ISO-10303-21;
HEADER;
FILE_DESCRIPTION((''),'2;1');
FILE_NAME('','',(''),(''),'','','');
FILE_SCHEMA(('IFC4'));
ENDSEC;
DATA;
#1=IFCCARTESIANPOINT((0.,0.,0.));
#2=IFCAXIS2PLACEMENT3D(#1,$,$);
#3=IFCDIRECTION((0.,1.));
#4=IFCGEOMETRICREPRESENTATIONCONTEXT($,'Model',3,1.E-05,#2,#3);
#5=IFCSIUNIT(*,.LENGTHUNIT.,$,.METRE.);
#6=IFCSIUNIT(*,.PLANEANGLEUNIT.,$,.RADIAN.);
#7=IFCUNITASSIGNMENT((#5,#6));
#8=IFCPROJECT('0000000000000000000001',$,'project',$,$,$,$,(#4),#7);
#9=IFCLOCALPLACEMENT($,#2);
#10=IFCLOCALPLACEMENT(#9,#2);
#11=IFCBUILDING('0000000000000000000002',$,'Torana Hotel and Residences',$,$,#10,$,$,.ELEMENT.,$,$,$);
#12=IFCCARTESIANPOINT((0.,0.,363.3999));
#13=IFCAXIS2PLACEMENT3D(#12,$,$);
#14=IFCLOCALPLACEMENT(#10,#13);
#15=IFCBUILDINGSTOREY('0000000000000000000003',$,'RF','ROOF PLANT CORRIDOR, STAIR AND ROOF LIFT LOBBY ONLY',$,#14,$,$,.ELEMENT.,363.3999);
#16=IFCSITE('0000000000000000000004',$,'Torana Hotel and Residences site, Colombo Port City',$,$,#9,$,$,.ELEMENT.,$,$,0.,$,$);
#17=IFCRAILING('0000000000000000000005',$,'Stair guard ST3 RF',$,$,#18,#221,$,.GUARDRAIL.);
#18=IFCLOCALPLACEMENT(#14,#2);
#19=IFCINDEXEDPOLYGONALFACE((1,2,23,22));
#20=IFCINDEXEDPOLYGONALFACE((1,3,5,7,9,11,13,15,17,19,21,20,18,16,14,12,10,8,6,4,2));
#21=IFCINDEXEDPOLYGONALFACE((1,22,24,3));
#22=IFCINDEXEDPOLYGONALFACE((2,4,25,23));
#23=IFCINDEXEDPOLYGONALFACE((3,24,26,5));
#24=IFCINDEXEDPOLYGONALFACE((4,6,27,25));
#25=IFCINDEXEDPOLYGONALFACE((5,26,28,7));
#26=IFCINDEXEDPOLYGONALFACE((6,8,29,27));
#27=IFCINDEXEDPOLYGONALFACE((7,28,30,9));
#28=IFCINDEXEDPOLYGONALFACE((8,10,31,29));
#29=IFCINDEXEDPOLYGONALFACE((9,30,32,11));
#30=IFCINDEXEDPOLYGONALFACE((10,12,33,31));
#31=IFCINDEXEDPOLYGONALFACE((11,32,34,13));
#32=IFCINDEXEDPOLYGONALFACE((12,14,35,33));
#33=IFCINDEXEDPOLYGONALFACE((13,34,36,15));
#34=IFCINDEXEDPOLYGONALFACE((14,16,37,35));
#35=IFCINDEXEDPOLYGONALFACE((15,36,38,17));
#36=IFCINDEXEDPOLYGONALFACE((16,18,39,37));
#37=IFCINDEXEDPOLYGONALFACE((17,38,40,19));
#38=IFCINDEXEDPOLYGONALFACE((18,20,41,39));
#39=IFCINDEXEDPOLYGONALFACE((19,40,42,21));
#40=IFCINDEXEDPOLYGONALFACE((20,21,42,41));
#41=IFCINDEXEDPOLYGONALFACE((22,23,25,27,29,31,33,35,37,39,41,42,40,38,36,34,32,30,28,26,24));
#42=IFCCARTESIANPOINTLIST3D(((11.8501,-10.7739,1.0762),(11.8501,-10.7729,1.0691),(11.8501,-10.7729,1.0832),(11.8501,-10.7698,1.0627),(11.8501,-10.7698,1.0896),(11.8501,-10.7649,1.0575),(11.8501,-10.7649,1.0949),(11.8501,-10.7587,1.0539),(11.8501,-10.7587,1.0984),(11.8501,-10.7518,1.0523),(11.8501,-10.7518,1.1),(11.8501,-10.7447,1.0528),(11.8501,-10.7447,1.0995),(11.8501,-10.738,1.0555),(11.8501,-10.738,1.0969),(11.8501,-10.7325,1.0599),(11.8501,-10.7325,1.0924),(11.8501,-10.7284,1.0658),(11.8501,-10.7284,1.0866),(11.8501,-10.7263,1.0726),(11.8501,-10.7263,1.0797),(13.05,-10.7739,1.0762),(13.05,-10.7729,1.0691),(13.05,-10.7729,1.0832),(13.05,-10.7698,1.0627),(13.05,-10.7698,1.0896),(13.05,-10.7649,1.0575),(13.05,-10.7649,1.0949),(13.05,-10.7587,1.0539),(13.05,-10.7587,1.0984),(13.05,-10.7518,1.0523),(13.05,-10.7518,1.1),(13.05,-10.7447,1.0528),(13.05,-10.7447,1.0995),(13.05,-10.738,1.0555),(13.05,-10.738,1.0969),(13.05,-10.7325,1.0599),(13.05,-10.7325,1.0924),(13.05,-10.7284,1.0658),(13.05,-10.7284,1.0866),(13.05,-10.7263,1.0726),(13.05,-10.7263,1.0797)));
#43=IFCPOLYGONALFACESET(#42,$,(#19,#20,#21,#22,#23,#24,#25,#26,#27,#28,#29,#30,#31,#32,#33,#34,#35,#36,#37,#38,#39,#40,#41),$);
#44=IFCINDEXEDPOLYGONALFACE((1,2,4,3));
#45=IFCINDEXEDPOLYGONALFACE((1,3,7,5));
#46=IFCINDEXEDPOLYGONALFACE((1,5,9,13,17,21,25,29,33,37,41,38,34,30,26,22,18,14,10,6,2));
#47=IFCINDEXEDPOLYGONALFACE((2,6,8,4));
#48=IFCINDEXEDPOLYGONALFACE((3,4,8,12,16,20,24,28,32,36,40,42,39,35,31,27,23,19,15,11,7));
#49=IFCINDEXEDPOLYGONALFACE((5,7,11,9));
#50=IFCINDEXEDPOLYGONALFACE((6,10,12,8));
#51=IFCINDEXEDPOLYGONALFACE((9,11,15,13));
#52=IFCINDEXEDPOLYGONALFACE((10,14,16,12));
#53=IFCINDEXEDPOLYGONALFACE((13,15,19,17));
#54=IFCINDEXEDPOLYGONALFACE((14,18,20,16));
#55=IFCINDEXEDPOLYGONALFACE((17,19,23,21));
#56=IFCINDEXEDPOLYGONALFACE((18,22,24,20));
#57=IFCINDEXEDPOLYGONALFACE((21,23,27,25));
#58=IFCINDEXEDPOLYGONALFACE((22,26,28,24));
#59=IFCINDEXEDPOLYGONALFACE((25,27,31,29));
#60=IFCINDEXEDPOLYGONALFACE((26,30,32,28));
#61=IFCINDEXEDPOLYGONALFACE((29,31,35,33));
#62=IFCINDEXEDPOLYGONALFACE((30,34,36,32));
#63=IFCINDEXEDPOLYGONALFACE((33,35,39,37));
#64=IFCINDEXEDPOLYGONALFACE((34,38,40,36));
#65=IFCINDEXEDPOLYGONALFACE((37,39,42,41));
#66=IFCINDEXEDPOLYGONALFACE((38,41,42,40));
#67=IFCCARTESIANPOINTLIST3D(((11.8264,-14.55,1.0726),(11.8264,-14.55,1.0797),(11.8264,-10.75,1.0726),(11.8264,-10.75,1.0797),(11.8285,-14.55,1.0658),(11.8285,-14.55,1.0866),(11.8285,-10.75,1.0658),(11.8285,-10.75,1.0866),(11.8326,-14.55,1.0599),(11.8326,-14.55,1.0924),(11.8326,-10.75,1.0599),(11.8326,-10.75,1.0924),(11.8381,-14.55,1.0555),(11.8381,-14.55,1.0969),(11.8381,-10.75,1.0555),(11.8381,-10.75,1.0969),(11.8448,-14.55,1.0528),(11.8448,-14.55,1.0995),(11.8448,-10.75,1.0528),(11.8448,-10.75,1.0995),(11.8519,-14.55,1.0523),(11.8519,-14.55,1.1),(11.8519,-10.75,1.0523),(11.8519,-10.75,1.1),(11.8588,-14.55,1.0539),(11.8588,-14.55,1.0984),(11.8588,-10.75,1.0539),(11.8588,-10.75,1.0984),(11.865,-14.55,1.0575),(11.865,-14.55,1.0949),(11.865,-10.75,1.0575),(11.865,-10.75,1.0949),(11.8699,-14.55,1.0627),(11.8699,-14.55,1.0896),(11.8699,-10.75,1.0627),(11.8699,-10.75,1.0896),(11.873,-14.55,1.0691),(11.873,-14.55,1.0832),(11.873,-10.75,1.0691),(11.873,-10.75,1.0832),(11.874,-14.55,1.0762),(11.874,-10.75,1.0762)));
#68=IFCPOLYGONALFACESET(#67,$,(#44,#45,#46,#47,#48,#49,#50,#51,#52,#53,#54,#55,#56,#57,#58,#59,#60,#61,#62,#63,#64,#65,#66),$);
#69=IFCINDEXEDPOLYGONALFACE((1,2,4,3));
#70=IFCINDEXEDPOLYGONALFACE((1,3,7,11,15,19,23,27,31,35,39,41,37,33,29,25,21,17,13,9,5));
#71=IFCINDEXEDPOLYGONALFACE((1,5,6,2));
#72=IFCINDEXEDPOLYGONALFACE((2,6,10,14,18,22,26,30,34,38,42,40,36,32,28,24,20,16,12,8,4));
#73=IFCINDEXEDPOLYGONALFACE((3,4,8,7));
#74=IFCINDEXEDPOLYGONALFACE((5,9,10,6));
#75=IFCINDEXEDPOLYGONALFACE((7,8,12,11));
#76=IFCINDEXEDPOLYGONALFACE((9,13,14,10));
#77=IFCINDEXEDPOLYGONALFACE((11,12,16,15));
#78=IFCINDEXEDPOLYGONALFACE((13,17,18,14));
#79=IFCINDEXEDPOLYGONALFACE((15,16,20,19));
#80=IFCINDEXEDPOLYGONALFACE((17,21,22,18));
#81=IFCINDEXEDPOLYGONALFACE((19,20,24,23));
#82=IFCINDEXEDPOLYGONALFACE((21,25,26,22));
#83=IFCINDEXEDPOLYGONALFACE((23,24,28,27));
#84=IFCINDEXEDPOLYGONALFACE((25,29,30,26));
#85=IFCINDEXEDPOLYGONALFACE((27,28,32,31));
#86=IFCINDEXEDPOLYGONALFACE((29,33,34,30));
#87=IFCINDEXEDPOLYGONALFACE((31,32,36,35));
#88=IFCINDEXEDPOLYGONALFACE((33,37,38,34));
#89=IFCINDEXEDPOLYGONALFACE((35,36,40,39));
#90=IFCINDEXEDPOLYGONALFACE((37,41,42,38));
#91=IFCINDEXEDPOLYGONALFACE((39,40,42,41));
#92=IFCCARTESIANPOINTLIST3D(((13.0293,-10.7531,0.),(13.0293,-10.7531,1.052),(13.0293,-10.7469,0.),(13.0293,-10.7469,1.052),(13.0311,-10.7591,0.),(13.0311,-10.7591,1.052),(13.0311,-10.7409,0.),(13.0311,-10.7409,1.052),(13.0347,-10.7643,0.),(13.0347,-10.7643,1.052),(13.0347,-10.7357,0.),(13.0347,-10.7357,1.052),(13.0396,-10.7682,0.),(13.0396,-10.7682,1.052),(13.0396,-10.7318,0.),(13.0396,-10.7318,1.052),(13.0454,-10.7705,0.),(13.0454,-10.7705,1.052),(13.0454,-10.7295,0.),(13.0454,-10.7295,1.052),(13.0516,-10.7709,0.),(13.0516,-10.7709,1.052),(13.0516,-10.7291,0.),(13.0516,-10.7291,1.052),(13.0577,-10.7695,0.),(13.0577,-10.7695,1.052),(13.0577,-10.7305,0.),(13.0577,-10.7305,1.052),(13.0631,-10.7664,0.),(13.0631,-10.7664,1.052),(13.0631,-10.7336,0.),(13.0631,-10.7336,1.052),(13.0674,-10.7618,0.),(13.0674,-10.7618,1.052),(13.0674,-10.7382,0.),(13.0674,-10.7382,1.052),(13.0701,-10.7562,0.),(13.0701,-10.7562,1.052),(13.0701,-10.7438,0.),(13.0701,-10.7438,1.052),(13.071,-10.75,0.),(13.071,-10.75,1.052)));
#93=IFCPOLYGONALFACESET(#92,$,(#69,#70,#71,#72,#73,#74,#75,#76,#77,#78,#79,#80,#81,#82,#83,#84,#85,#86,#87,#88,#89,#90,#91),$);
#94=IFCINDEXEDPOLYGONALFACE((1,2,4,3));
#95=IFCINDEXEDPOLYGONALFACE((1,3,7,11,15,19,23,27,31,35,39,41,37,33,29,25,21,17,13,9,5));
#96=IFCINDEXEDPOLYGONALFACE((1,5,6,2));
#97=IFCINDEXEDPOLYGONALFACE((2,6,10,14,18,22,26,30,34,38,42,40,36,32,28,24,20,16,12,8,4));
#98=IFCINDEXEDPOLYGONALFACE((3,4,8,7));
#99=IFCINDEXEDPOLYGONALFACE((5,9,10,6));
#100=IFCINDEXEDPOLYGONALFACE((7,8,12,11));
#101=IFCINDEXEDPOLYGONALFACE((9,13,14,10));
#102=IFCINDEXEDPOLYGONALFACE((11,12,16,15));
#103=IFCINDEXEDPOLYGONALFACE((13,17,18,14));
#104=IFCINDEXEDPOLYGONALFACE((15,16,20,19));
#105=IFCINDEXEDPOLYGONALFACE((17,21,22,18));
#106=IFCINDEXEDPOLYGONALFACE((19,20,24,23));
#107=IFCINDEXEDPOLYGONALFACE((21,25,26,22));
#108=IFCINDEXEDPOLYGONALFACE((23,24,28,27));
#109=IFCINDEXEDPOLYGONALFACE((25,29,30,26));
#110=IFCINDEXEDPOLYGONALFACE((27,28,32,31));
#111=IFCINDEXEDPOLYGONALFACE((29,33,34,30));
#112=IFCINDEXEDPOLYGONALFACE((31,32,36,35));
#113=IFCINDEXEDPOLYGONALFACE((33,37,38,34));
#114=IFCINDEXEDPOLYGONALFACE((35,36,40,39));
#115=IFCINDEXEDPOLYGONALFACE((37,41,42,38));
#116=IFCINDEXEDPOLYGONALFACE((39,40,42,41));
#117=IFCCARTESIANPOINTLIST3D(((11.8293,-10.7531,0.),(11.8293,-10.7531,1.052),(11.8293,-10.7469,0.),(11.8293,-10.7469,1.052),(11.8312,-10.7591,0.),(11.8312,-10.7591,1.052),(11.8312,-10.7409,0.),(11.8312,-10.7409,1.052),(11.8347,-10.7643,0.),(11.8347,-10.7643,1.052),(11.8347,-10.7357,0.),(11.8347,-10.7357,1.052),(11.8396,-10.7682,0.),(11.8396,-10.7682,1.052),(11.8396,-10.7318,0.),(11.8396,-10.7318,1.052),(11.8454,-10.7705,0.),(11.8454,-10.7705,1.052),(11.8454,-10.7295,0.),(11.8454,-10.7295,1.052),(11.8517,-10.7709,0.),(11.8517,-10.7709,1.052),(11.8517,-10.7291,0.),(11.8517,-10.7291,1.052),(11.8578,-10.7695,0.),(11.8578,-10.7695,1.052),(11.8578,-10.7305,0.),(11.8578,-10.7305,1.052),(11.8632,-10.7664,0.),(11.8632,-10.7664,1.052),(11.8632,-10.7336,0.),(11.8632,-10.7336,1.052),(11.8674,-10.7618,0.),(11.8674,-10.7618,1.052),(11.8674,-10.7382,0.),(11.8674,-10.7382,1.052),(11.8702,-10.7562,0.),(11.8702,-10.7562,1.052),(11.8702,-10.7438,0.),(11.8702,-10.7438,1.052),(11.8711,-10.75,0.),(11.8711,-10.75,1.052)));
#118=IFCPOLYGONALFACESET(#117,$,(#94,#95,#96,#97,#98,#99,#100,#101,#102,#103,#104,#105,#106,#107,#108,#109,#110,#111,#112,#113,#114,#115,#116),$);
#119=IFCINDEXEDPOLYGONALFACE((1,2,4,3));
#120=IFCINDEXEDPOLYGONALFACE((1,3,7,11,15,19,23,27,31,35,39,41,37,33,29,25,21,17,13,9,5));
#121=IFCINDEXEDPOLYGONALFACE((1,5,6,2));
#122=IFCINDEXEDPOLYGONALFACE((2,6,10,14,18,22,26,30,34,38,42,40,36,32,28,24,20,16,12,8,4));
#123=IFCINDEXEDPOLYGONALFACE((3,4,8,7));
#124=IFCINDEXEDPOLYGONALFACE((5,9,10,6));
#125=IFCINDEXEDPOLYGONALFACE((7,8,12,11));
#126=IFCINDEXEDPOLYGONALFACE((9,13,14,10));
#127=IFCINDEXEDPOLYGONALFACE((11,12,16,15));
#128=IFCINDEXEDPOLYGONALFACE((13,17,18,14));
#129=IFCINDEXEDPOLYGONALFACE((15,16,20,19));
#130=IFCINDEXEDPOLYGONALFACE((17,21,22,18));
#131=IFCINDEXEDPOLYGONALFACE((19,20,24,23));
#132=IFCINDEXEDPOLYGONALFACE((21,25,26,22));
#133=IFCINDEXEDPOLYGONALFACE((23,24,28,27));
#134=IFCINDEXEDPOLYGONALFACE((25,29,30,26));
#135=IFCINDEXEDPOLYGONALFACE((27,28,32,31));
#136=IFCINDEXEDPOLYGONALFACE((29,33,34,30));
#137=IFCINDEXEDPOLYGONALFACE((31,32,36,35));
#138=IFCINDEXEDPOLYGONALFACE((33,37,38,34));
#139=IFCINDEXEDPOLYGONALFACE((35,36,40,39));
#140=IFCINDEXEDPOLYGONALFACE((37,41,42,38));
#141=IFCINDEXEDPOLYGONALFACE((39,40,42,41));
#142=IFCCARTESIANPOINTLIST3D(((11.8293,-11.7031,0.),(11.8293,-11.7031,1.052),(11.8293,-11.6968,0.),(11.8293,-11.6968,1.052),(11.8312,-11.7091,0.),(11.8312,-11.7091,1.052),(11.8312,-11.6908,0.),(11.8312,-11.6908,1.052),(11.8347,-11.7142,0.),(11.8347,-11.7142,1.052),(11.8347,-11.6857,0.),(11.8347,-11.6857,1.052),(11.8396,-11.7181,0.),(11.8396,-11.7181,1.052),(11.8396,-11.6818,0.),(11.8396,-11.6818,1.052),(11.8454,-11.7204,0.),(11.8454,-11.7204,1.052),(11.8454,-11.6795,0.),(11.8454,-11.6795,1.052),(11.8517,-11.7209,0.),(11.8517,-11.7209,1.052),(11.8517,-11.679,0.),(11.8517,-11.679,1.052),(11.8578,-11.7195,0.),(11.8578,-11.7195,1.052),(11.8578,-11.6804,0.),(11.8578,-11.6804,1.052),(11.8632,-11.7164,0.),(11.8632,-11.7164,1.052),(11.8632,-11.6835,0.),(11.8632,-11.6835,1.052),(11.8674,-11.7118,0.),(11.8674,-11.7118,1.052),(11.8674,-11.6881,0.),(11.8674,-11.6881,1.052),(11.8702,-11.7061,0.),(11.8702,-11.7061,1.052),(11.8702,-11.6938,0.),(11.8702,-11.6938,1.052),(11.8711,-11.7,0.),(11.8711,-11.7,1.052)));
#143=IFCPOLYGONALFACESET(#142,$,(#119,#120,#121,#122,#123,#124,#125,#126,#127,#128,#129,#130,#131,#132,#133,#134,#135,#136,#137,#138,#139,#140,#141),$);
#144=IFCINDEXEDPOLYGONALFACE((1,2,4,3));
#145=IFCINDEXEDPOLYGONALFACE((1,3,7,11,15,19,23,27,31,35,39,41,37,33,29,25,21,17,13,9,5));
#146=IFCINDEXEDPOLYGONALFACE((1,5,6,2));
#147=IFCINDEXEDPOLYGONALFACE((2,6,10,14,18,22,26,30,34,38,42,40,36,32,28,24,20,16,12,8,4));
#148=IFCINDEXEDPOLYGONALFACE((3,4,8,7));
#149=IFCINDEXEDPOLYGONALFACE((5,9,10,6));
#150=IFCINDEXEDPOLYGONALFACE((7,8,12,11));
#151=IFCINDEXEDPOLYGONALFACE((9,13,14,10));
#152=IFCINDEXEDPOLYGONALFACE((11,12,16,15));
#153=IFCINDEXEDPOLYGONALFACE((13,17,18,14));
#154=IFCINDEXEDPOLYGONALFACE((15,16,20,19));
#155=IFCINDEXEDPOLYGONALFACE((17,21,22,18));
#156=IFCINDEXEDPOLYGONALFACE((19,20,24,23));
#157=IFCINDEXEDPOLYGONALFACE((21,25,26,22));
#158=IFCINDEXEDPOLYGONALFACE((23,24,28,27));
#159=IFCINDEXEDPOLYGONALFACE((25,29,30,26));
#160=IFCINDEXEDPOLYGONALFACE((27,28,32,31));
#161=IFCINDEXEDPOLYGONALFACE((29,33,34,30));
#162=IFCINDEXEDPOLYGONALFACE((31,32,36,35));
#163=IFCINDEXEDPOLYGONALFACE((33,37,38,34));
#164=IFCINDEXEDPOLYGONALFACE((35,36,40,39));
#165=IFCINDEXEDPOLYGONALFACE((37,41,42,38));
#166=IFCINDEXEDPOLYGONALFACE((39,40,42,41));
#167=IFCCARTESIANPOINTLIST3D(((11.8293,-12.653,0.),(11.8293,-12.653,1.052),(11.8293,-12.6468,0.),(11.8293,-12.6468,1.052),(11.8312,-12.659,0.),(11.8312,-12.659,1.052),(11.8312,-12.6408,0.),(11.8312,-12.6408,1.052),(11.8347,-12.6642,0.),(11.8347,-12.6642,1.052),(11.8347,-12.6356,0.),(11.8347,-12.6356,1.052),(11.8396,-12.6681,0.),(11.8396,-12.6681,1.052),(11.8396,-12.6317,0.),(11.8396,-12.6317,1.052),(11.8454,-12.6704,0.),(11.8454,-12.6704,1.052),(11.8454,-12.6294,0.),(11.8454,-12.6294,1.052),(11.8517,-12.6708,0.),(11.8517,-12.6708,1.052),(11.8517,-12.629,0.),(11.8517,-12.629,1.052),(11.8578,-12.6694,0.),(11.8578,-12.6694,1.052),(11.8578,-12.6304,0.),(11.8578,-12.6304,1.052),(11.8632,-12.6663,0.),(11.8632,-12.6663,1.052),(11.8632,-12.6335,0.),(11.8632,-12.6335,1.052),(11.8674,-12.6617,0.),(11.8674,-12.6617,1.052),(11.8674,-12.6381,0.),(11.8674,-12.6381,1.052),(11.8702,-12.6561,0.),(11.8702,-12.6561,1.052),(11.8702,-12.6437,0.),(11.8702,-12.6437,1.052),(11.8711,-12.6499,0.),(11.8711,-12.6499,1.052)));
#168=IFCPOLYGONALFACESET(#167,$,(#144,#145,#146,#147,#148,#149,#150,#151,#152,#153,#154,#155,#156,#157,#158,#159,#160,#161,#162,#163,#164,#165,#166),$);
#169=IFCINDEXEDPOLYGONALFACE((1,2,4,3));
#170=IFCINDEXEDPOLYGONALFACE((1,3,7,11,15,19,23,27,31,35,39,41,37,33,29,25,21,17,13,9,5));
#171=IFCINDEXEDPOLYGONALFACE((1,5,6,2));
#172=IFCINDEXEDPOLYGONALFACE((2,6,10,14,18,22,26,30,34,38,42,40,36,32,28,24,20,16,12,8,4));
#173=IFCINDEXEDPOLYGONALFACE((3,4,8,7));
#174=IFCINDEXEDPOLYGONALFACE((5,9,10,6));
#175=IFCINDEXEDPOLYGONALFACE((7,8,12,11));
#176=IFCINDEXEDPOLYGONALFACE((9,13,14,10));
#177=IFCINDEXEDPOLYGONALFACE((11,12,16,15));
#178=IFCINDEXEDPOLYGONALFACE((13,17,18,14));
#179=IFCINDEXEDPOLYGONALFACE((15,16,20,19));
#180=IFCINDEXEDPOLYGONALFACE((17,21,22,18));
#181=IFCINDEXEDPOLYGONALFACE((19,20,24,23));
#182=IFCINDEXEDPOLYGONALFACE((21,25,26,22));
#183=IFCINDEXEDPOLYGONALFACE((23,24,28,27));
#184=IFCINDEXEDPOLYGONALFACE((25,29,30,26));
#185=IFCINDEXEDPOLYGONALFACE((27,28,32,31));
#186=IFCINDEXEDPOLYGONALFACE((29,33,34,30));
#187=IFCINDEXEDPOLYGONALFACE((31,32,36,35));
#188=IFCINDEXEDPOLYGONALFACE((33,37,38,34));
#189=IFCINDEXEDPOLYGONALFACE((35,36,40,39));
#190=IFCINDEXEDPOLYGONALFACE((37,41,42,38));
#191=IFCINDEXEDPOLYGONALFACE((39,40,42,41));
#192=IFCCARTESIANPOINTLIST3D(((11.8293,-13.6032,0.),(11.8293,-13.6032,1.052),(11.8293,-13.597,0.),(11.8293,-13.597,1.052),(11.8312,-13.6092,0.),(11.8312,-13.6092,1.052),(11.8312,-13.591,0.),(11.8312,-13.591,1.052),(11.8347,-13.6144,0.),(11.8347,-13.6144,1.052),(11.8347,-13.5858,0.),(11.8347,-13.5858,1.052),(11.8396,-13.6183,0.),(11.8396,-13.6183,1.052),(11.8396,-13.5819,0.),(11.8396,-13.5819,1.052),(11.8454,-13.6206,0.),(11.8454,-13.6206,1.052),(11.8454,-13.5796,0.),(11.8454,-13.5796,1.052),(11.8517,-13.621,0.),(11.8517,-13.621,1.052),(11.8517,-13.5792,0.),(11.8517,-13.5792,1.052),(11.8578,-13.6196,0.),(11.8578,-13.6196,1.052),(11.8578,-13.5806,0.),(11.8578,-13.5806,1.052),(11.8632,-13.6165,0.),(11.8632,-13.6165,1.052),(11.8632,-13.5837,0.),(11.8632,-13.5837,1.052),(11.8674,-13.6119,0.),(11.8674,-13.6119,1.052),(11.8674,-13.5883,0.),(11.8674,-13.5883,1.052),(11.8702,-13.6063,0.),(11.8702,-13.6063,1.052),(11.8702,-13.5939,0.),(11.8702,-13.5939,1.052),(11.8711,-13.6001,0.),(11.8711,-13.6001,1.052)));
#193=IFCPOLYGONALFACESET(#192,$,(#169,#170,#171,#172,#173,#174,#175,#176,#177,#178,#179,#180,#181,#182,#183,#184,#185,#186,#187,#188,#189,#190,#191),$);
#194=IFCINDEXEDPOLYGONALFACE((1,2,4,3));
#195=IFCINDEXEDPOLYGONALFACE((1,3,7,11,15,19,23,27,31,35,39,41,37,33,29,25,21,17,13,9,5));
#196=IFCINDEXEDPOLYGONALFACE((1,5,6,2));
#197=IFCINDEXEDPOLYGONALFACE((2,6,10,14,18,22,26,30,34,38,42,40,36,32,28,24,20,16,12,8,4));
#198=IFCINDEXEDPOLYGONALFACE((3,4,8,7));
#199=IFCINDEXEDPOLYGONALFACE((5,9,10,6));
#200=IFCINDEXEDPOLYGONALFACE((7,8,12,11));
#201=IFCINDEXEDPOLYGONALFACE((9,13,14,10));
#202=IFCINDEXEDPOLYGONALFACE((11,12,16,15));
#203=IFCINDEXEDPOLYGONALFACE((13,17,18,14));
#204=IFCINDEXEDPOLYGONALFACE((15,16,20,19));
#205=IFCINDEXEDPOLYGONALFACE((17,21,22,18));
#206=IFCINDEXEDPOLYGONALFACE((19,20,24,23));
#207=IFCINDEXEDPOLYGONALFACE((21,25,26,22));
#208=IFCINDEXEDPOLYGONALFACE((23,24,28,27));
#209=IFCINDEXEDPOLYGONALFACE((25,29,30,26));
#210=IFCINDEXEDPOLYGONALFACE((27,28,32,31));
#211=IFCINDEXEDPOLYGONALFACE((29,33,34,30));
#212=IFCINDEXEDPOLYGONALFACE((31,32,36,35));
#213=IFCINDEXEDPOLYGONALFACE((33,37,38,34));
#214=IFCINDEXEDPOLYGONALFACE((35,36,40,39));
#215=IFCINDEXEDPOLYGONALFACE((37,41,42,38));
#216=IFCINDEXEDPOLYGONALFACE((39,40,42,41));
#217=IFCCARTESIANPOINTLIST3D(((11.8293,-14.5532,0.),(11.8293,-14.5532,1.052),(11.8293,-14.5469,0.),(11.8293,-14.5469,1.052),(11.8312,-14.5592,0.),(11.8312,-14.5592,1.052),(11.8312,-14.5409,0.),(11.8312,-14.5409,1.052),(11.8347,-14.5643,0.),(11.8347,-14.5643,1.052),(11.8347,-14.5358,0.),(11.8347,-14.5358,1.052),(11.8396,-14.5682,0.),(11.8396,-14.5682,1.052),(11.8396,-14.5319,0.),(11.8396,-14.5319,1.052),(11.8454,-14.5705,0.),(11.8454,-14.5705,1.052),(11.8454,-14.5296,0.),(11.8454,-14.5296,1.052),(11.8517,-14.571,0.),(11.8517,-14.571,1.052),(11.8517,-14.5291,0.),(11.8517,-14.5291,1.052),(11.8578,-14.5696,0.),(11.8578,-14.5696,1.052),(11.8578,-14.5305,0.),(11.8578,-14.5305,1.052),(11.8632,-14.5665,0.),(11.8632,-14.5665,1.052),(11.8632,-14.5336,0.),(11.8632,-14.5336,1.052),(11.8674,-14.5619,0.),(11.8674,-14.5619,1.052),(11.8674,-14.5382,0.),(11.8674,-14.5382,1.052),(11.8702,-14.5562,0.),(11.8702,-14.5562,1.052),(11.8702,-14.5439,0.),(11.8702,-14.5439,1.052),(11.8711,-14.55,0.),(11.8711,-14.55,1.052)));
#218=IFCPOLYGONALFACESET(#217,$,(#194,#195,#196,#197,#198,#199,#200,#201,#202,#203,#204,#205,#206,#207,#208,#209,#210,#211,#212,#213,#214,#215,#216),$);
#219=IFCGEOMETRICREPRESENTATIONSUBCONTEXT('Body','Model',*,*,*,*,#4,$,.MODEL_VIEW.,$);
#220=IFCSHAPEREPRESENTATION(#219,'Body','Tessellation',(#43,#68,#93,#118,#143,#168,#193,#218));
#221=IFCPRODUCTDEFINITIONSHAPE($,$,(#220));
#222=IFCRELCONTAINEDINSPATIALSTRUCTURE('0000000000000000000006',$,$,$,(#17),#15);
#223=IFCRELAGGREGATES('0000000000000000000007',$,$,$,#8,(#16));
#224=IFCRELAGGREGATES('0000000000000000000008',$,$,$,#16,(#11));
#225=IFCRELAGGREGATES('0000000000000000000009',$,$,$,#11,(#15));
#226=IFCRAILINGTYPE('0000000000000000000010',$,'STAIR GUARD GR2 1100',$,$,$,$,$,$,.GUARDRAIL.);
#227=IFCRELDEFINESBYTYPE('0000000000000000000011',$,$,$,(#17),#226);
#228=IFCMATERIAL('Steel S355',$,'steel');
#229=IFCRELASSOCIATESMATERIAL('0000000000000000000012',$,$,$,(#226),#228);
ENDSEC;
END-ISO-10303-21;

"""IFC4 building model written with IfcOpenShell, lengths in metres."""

from ifc_helpers import new_model, si_unit, direction, frame, origin, origin_2d, place, context, subcontext, project, spatial, circle, extrude, material, type_object, element, save


model = new_model("IFC4")

# Units and contexts
model_context = context("Model", 3, precision=1e-05, world=origin(), true_north=direction((0.0, 1.0)))
body_context = subcontext(model_context, "Body", "Model", "MODEL_VIEW")
ifc_project = project(units=[si_unit("LENGTHUNIT", "METRE"), si_unit("PLANEANGLEUNIT", "RADIAN")], contexts=[model_context])

# Site, building, storey
site_placement = place(None, origin())
site = spatial("IfcSite", under=ifc_project, at=site_placement, Name="Torana Hotel and Residences site, Colombo Port City", CompositionType="ELEMENT", RefElevation=0.0)
building_placement = place(site_placement, origin())
building = spatial("IfcBuilding", under=site, at=building_placement, Name="Torana Hotel and Residences", CompositionType="ELEMENT")
storey_placement = place(building_placement, frame((0.0, 0.0, 363.3999)))
storey = spatial("IfcBuildingStorey", under=building, at=storey_placement, Name="RF", Description="ROOF PLANT CORRIDOR, STAIR AND ROOF LIFT LOBBY ONLY", CompositionType="ELEMENT", Elevation=363.3999)

# Railing
ifc_material_1 = material(Name="Steel S355", Category="steel")
railing_type = type_object("IfcRailingType", Name="STAIR GUARD GR2 1100", PredefinedType="GUARDRAIL", material=ifc_material_1)
railing_placement = place(storey_placement, frame((13.05, -10.75, 0.0)))
element("IfcRailing", 1, at=railing_placement, inside=storey, type_object=railing_type, Name="Stair guard ST3 RF", PredefinedType="GUARDRAIL", context=body_context, shape_type="SweptSolid", body=[
    extrude(circle(Radius=0.0239, at=origin_2d()), frame((0.0, 0.0, 1.0762), z_axis=(-1.0, 0.0, 0.0), x_axis=(0.0, -1.0, 0.0)), (0.0, 0.0, 1.0), 1.2),
    extrude(circle(Radius=0.0239, at=origin_2d()), frame((-1.2, 0.0, 1.0762), z_axis=(0.0, -1.0, 0.0), x_axis=(1.0, 0.0, 0.0)), (0.0, 0.0, 1.0), 3.8),
    extrude(circle(Radius=0.021, at=origin_2d()), origin(), (0.0, 0.0, 1.0), 1.052),
    extrude(circle(Radius=0.021, at=origin_2d()), frame((-1.2, 0.0, 0.0)), (0.0, 0.0, 1.0), 1.052),
    extrude(circle(Radius=0.021, at=origin_2d()), frame((-1.2, -0.95, 0.0)), (0.0, 0.0, 1.0), 1.052),
    extrude(circle(Radius=0.021, at=origin_2d()), frame((-1.2, -1.8999, 0.0)), (0.0, 0.0, 1.0), 1.052),
    extrude(circle(Radius=0.021, at=origin_2d()), frame((-1.2, -2.8501, 0.0)), (0.0, 0.0, 1.0), 1.052),
    extrude(circle(Radius=0.021, at=origin_2d()), frame((-1.2, -3.8, 0.0)), (0.0, 0.0, 1.0), 1.052),
])

save(model, "model.ifc")
